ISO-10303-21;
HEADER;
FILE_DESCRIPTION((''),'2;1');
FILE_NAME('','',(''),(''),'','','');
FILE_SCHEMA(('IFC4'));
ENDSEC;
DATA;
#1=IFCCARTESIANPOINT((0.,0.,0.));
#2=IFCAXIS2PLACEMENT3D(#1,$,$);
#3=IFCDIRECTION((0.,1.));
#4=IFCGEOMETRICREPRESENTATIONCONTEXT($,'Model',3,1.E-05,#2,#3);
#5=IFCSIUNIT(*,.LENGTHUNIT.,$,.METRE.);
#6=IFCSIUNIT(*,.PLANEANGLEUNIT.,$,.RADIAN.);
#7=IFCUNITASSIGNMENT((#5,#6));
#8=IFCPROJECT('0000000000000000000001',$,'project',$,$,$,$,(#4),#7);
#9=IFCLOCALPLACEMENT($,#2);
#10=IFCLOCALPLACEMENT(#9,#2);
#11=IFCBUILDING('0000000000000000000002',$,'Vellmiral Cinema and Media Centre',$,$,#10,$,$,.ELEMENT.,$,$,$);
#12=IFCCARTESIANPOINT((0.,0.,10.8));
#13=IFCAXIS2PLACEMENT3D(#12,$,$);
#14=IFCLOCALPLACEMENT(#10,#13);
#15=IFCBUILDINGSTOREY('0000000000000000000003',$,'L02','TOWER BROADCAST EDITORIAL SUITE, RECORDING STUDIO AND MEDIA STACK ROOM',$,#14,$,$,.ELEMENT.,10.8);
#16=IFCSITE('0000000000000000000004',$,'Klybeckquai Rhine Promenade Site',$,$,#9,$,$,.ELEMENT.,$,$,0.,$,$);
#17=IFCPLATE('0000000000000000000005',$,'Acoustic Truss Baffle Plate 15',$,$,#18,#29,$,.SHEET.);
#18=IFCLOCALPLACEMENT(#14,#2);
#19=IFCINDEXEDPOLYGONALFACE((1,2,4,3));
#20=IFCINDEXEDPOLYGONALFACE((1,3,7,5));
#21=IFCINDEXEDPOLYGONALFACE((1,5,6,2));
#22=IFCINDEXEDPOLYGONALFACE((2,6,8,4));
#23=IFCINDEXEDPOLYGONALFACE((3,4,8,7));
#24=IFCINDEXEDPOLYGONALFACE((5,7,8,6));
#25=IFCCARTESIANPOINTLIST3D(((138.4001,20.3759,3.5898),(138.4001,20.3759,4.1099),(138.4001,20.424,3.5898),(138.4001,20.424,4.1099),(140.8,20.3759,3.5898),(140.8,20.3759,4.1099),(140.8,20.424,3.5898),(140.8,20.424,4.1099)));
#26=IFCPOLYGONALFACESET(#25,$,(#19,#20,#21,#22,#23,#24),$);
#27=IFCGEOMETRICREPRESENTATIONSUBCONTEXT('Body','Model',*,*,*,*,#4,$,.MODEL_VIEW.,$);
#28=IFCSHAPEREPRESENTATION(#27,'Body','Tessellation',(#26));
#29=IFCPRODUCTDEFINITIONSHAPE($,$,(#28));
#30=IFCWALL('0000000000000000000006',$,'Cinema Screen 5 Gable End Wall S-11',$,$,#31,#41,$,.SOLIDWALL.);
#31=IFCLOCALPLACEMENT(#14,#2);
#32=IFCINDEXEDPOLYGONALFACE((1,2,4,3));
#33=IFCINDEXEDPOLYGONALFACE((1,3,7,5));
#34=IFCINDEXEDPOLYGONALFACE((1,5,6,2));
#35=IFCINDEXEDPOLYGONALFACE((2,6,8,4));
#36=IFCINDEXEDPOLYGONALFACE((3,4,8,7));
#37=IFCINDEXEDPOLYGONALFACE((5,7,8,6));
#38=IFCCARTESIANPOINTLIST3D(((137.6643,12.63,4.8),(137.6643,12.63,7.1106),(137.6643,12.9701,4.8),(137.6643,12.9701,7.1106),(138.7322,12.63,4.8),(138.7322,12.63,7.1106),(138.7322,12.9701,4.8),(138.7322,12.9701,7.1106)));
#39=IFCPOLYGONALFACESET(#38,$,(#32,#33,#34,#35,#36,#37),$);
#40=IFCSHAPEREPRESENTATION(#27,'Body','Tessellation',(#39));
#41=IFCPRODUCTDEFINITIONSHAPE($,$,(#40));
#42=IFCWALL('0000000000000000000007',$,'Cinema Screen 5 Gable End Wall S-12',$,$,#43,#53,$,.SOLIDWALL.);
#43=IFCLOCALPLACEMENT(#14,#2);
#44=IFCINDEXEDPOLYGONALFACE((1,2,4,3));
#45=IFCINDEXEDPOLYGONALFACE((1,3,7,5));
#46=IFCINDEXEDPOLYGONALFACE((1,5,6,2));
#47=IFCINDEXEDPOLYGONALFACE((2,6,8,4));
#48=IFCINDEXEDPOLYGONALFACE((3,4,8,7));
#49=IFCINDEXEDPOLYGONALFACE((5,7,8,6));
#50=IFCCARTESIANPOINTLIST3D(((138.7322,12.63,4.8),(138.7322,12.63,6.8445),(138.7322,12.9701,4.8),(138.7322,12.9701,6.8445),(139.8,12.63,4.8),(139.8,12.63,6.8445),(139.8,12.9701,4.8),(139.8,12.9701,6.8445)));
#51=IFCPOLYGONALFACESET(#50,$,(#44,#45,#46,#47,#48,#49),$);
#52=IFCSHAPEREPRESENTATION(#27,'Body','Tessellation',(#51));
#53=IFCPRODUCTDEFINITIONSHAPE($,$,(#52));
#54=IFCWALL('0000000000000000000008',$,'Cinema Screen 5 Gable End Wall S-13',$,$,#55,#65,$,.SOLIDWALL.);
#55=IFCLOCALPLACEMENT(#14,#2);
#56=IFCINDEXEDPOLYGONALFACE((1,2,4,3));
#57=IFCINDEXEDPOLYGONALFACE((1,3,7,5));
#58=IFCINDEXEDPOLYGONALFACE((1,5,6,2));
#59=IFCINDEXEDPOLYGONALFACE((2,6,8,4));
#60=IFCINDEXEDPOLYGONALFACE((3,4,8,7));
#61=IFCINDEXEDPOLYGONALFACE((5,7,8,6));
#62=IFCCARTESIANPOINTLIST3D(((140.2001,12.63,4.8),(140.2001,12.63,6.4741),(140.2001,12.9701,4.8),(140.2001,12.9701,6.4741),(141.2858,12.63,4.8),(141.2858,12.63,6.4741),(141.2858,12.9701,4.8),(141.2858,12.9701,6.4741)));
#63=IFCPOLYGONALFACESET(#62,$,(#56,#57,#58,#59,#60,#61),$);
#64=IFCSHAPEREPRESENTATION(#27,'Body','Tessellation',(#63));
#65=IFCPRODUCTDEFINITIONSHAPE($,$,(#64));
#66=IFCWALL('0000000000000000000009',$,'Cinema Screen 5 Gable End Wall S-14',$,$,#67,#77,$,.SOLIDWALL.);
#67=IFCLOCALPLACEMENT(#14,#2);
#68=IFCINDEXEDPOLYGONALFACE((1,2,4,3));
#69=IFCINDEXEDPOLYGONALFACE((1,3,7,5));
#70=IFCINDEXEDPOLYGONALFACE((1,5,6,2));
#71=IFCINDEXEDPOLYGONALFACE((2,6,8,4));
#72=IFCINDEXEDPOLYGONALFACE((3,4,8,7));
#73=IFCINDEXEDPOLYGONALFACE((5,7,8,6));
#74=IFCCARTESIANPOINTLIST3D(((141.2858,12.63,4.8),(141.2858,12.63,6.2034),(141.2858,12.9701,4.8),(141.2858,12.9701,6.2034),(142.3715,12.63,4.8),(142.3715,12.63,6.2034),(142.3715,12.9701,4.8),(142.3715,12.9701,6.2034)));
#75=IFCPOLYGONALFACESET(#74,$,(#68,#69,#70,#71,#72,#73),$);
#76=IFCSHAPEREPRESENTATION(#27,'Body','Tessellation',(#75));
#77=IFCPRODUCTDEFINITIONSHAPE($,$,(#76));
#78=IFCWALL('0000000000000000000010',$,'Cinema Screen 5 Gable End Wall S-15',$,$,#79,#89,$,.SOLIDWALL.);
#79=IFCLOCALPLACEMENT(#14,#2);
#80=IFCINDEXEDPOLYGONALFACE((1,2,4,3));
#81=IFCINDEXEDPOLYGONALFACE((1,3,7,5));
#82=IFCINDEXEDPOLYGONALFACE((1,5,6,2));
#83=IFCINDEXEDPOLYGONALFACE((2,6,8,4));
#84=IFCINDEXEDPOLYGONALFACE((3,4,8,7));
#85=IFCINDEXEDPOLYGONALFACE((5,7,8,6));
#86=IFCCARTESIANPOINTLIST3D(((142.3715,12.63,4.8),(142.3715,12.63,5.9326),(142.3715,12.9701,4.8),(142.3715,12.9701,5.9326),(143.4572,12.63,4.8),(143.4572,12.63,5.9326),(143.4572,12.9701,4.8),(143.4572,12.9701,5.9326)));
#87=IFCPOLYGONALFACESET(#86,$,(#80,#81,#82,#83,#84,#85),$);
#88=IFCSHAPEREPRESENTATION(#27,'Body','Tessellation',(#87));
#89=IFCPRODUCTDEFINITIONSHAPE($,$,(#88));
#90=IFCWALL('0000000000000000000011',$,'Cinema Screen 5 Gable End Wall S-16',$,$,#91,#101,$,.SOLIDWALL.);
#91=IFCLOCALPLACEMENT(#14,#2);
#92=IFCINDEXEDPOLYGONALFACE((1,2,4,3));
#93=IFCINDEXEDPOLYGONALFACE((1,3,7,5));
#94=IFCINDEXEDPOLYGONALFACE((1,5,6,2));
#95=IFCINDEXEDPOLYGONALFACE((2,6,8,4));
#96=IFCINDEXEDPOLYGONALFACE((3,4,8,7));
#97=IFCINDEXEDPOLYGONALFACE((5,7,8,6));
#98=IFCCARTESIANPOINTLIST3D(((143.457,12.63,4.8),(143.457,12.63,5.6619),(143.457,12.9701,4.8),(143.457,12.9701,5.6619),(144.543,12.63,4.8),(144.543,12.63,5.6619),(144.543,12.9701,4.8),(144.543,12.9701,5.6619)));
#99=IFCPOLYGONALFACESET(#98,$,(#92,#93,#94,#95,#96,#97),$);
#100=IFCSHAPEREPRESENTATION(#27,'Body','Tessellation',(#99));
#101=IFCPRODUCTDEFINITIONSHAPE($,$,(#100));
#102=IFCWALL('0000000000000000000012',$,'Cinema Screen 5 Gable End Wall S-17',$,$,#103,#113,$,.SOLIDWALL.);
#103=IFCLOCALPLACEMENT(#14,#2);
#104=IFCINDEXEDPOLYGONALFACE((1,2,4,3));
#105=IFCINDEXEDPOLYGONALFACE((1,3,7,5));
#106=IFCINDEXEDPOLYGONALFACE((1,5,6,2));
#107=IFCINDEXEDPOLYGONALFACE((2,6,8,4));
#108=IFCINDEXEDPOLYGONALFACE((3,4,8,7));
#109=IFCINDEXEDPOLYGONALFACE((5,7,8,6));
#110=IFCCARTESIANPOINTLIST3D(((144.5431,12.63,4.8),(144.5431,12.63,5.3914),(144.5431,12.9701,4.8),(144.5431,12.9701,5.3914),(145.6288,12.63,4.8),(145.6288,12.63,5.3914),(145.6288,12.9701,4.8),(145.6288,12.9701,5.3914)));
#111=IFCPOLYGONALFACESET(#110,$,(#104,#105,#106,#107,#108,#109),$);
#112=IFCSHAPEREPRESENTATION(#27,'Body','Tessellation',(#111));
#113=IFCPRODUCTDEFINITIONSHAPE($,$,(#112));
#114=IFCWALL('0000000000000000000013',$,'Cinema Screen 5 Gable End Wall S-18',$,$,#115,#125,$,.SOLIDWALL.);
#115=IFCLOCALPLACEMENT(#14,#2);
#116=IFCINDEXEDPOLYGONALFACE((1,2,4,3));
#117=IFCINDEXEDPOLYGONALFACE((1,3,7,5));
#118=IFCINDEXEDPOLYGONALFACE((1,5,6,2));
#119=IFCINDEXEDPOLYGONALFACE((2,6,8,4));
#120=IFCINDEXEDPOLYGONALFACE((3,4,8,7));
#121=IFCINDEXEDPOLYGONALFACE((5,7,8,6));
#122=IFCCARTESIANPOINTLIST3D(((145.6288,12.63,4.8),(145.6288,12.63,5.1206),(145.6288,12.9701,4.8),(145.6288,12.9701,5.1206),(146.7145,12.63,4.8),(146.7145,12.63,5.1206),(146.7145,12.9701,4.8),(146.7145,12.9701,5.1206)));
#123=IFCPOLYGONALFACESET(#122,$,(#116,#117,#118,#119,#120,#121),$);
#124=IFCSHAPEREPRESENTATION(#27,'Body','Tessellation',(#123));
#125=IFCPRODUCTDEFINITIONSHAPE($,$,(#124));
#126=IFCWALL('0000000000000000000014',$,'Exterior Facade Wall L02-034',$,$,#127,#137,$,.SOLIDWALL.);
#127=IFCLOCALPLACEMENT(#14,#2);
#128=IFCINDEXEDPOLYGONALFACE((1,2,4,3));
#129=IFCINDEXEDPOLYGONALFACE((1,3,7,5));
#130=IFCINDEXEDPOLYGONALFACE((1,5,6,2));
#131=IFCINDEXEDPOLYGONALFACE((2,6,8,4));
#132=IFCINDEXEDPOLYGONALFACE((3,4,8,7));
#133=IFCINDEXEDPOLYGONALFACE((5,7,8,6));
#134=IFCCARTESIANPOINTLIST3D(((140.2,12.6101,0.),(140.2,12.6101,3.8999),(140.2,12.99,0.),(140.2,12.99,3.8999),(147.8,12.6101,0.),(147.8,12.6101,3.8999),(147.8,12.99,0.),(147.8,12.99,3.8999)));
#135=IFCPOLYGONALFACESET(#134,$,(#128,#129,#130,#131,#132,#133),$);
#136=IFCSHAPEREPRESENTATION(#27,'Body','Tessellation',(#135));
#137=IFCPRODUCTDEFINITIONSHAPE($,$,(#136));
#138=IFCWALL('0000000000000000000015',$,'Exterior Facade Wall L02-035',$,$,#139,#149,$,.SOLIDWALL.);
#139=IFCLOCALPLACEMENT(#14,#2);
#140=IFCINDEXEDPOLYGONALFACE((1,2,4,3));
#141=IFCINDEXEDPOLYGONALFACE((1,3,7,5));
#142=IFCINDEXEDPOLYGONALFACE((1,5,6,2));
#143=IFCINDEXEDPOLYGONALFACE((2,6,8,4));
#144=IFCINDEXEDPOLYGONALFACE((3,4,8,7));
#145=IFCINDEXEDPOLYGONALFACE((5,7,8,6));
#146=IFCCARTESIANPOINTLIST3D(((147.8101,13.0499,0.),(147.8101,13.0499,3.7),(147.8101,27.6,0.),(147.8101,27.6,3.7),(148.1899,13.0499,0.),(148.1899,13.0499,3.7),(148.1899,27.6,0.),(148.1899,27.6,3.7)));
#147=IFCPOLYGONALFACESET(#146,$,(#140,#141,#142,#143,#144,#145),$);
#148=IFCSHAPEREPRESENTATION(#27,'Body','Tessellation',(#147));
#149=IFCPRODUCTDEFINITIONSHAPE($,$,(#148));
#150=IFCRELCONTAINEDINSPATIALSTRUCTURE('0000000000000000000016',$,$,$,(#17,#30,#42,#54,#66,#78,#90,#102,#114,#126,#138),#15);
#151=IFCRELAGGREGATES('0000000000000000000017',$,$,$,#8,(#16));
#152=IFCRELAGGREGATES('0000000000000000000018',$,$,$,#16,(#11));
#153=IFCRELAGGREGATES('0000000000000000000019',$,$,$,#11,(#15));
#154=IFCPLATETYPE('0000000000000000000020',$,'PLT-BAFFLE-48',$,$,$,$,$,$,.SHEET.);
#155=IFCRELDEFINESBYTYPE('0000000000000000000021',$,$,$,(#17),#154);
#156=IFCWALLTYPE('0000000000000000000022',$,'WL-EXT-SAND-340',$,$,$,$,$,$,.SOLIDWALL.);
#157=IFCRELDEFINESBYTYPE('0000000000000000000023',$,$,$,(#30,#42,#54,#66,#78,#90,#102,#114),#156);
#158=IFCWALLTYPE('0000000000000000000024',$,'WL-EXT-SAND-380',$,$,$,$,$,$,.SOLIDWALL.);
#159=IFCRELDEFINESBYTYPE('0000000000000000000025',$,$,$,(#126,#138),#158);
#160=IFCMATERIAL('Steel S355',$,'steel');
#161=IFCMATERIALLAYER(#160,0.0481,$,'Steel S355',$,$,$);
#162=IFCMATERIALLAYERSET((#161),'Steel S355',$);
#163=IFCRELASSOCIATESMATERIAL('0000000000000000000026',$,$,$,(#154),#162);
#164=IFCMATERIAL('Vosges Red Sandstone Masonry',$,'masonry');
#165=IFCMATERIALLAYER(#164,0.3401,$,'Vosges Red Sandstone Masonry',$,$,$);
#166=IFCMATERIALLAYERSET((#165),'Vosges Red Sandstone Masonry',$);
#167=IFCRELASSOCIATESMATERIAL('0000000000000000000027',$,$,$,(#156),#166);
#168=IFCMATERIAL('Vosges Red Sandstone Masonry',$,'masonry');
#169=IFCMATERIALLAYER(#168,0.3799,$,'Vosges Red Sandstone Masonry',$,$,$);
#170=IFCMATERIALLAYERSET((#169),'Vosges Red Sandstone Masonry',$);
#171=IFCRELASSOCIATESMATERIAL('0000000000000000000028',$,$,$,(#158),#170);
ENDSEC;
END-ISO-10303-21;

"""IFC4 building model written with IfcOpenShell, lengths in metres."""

from ifc_helpers import new_model, si_unit, direction, frame, frame_2d, origin, origin_2d, place, context, subcontext, project, spatial, rectangle, extrude, material, layer, layer_set, type_object, element, save


model = new_model("IFC4")

# Units and contexts
model_context = context("Model", 3, precision=1e-05, world=origin(), true_north=direction((0.0, 1.0)))
body_context = subcontext(model_context, "Body", "Model", "MODEL_VIEW")
ifc_project = project(units=[si_unit("LENGTHUNIT", "METRE"), si_unit("PLANEANGLEUNIT", "RADIAN")], contexts=[model_context])

# Site, building, storey
site_placement = place(None, origin())
site = spatial("IfcSite", under=ifc_project, at=site_placement, Name="Klybeckquai Rhine Promenade Site", CompositionType="ELEMENT", RefElevation=0.0)
building_placement = place(site_placement, origin())
building = spatial("IfcBuilding", under=site, at=building_placement, Name="Vellmiral Cinema and Media Centre", CompositionType="ELEMENT")
storey_placement = place(building_placement, frame((0.0, 0.0, 10.8)))
storey = spatial("IfcBuildingStorey", under=building, at=storey_placement, Name="L02", Description="TOWER BROADCAST EDITORIAL SUITE, RECORDING STUDIO AND MEDIA STACK ROOM", CompositionType="ELEMENT", Elevation=10.8)

# Plate
ifc_material_1 = material(Name="Steel S355", Category="steel")
ifc_layer_1 = layer(ifc_material_1, 0.0481, Name="Steel S355")
ifc_layer_set_1 = layer_set([ifc_layer_1], Name="Steel S355")
plate_type = type_object("IfcPlateType", Name="PLT-BAFFLE-48", PredefinedType="SHEET", material=ifc_layer_set_1)
plate_placement = place(storey_placement, frame((139.6001, 20.3999, 3.5898), z_axis=(0.0, 0.0, 1.0), x_axis=(1.0, 0.0, 0.0)))
element("IfcPlate", 1, at=plate_placement, inside=storey, type_object=plate_type, Name="Acoustic Truss Baffle Plate 15", PredefinedType="SHEET", context=body_context, shape_type="SweptSolid", body=[
    extrude(rectangle(XDim=2.3999, YDim=0.0481, at=origin_2d()), origin(), (0.0, 0.0, 1.0), 0.52),
])

# Walls
ifc_material_2 = material(Name="Vosges Red Sandstone Masonry", Category="masonry")
ifc_layer_2 = layer(ifc_material_2, 0.3401, Name="Vosges Red Sandstone Masonry")
ifc_layer_set_2 = layer_set([ifc_layer_2], Name="Vosges Red Sandstone Masonry")
wall_type_1 = type_object("IfcWallType", Name="WL-EXT-SAND-340", PredefinedType="SOLIDWALL", material=ifc_layer_set_2)
wall_1_placement = place(storey_placement, frame((137.6643, 12.8, 4.8), z_axis=(0.0, 0.0, 1.0), x_axis=(1.0, 0.0, 0.0)))
element("IfcWall", 2, at=wall_1_placement, inside=storey, type_object=wall_type_1, Name="Cinema Screen 5 Gable End Wall S-11", PredefinedType="SOLIDWALL", context=body_context, shape_type="SweptSolid", body=[
    extrude(rectangle(XDim=1.0679, YDim=0.3401, at=frame_2d((0.5339, 0.0))), origin(), (0.0, 0.0, 1.0), 2.3105),
])
wall_2_placement = place(storey_placement, frame((138.7322, 12.8, 4.8), z_axis=(0.0, 0.0, 1.0), x_axis=(1.0, 0.0, 0.0)))
element("IfcWall", 3, at=wall_2_placement, inside=storey, type_object=wall_type_1, Name="Cinema Screen 5 Gable End Wall S-12", PredefinedType="SOLIDWALL", context=body_context, shape_type="SweptSolid", body=[
    extrude(rectangle(XDim=1.0679, YDim=0.3401, at=frame_2d((0.5339, 0.0))), origin(), (0.0, 0.0, 1.0), 2.0444),
])
wall_3_placement = place(storey_placement, frame((140.2, 12.8, 4.8), z_axis=(0.0, 0.0, 1.0), x_axis=(1.0, 0.0, 0.0)))
element("IfcWall", 4, at=wall_3_placement, inside=storey, type_object=wall_type_1, Name="Cinema Screen 5 Gable End Wall S-13", PredefinedType="SOLIDWALL", context=body_context, shape_type="SweptSolid", body=[
    extrude(rectangle(XDim=1.0857, YDim=0.3401, at=frame_2d((0.543, 0.0))), origin(), (0.0, 0.0, 1.0), 1.6741),
])
wall_4_placement = place(storey_placement, frame((141.2856, 12.8, 4.8), z_axis=(0.0, 0.0, 1.0), x_axis=(1.0, 0.0, 0.0)))
element("IfcWall", 5, at=wall_4_placement, inside=storey, type_object=wall_type_1, Name="Cinema Screen 5 Gable End Wall S-14", PredefinedType="SOLIDWALL", context=body_context, shape_type="SweptSolid", body=[
    extrude(rectangle(XDim=1.0857, YDim=0.3401, at=frame_2d((0.543, 0.0))), origin(), (0.0, 0.0, 1.0), 1.4033),
])
wall_5_placement = place(storey_placement, frame((142.3713, 12.8, 4.8), z_axis=(0.0, 0.0, 1.0), x_axis=(1.0, 0.0, 0.0)))
element("IfcWall", 6, at=wall_5_placement, inside=storey, type_object=wall_type_1, Name="Cinema Screen 5 Gable End Wall S-15", PredefinedType="SOLIDWALL", context=body_context, shape_type="SweptSolid", body=[
    extrude(rectangle(XDim=1.0857, YDim=0.3401, at=frame_2d((0.543, 0.0))), origin(), (0.0, 0.0, 1.0), 1.1326),
])
wall_6_placement = place(storey_placement, frame((143.457, 12.8, 4.8), z_axis=(0.0, 0.0, 1.0), x_axis=(1.0, 0.0, 0.0)))
element("IfcWall", 7, at=wall_6_placement, inside=storey, type_object=wall_type_1, Name="Cinema Screen 5 Gable End Wall S-16", PredefinedType="SOLIDWALL", context=body_context, shape_type="SweptSolid", body=[
    extrude(rectangle(XDim=1.0859, YDim=0.3401, at=frame_2d((0.543, 0.0))), origin(), (0.0, 0.0, 1.0), 0.8618),
])
wall_7_placement = place(storey_placement, frame((144.543, 12.8, 4.8), z_axis=(0.0, 0.0, 1.0), x_axis=(1.0, 0.0, 0.0)))
element("IfcWall", 8, at=wall_7_placement, inside=storey, type_object=wall_type_1, Name="Cinema Screen 5 Gable End Wall S-17", PredefinedType="SOLIDWALL", context=body_context, shape_type="SweptSolid", body=[
    extrude(rectangle(XDim=1.0857, YDim=0.3401, at=frame_2d((0.543, 0.0))), origin(), (0.0, 0.0, 1.0), 0.5913),
])
wall_8_placement = place(storey_placement, frame((145.6287, 12.8, 4.8), z_axis=(0.0, 0.0, 1.0), x_axis=(1.0, 0.0, 0.0)))
element("IfcWall", 9, at=wall_8_placement, inside=storey, type_object=wall_type_1, Name="Cinema Screen 5 Gable End Wall S-18", PredefinedType="SOLIDWALL", context=body_context, shape_type="SweptSolid", body=[
    extrude(rectangle(XDim=1.0857, YDim=0.3401, at=frame_2d((0.543, 0.0))), origin(), (0.0, 0.0, 1.0), 0.3206),
])
ifc_material_3 = material(Name="Vosges Red Sandstone Masonry", Category="masonry")
ifc_layer_3 = layer(ifc_material_3, 0.3799, Name="Vosges Red Sandstone Masonry")
ifc_layer_set_3 = layer_set([ifc_layer_3], Name="Vosges Red Sandstone Masonry")
wall_type_2 = type_object("IfcWallType", Name="WL-EXT-SAND-380", PredefinedType="SOLIDWALL", material=ifc_layer_set_3)
wall_9_placement = place(storey_placement, frame((140.2, 12.8, 0.0), z_axis=(0.0, 0.0, 1.0), x_axis=(1.0, 0.0, 0.0)))
element("IfcWall", 10, at=wall_9_placement, inside=storey, type_object=wall_type_2, Name="Exterior Facade Wall L02-034", PredefinedType="SOLIDWALL", context=body_context, shape_type="SweptSolid", body=[
    extrude(rectangle(XDim=7.6001, YDim=0.3799, at=frame_2d((3.8, 0.0))), origin(), (0.0, 0.0, 1.0), 3.8999),
])
wall_10_placement = place(storey_placement, frame((148.0, 13.05, 0.0), z_axis=(0.0, 0.0, 1.0), x_axis=(0.0, 1.0, 0.0)))
element("IfcWall", 11, at=wall_10_placement, inside=storey, type_object=wall_type_2, Name="Exterior Facade Wall L02-035", PredefinedType="SOLIDWALL", context=body_context, shape_type="SweptSolid", body=[
    extrude(rectangle(XDim=14.55, YDim=0.3799, at=frame_2d((7.2749, 0.0))), origin(), (0.0, 0.0, 1.0), 3.7),
])

save(model, "model.ifc")
